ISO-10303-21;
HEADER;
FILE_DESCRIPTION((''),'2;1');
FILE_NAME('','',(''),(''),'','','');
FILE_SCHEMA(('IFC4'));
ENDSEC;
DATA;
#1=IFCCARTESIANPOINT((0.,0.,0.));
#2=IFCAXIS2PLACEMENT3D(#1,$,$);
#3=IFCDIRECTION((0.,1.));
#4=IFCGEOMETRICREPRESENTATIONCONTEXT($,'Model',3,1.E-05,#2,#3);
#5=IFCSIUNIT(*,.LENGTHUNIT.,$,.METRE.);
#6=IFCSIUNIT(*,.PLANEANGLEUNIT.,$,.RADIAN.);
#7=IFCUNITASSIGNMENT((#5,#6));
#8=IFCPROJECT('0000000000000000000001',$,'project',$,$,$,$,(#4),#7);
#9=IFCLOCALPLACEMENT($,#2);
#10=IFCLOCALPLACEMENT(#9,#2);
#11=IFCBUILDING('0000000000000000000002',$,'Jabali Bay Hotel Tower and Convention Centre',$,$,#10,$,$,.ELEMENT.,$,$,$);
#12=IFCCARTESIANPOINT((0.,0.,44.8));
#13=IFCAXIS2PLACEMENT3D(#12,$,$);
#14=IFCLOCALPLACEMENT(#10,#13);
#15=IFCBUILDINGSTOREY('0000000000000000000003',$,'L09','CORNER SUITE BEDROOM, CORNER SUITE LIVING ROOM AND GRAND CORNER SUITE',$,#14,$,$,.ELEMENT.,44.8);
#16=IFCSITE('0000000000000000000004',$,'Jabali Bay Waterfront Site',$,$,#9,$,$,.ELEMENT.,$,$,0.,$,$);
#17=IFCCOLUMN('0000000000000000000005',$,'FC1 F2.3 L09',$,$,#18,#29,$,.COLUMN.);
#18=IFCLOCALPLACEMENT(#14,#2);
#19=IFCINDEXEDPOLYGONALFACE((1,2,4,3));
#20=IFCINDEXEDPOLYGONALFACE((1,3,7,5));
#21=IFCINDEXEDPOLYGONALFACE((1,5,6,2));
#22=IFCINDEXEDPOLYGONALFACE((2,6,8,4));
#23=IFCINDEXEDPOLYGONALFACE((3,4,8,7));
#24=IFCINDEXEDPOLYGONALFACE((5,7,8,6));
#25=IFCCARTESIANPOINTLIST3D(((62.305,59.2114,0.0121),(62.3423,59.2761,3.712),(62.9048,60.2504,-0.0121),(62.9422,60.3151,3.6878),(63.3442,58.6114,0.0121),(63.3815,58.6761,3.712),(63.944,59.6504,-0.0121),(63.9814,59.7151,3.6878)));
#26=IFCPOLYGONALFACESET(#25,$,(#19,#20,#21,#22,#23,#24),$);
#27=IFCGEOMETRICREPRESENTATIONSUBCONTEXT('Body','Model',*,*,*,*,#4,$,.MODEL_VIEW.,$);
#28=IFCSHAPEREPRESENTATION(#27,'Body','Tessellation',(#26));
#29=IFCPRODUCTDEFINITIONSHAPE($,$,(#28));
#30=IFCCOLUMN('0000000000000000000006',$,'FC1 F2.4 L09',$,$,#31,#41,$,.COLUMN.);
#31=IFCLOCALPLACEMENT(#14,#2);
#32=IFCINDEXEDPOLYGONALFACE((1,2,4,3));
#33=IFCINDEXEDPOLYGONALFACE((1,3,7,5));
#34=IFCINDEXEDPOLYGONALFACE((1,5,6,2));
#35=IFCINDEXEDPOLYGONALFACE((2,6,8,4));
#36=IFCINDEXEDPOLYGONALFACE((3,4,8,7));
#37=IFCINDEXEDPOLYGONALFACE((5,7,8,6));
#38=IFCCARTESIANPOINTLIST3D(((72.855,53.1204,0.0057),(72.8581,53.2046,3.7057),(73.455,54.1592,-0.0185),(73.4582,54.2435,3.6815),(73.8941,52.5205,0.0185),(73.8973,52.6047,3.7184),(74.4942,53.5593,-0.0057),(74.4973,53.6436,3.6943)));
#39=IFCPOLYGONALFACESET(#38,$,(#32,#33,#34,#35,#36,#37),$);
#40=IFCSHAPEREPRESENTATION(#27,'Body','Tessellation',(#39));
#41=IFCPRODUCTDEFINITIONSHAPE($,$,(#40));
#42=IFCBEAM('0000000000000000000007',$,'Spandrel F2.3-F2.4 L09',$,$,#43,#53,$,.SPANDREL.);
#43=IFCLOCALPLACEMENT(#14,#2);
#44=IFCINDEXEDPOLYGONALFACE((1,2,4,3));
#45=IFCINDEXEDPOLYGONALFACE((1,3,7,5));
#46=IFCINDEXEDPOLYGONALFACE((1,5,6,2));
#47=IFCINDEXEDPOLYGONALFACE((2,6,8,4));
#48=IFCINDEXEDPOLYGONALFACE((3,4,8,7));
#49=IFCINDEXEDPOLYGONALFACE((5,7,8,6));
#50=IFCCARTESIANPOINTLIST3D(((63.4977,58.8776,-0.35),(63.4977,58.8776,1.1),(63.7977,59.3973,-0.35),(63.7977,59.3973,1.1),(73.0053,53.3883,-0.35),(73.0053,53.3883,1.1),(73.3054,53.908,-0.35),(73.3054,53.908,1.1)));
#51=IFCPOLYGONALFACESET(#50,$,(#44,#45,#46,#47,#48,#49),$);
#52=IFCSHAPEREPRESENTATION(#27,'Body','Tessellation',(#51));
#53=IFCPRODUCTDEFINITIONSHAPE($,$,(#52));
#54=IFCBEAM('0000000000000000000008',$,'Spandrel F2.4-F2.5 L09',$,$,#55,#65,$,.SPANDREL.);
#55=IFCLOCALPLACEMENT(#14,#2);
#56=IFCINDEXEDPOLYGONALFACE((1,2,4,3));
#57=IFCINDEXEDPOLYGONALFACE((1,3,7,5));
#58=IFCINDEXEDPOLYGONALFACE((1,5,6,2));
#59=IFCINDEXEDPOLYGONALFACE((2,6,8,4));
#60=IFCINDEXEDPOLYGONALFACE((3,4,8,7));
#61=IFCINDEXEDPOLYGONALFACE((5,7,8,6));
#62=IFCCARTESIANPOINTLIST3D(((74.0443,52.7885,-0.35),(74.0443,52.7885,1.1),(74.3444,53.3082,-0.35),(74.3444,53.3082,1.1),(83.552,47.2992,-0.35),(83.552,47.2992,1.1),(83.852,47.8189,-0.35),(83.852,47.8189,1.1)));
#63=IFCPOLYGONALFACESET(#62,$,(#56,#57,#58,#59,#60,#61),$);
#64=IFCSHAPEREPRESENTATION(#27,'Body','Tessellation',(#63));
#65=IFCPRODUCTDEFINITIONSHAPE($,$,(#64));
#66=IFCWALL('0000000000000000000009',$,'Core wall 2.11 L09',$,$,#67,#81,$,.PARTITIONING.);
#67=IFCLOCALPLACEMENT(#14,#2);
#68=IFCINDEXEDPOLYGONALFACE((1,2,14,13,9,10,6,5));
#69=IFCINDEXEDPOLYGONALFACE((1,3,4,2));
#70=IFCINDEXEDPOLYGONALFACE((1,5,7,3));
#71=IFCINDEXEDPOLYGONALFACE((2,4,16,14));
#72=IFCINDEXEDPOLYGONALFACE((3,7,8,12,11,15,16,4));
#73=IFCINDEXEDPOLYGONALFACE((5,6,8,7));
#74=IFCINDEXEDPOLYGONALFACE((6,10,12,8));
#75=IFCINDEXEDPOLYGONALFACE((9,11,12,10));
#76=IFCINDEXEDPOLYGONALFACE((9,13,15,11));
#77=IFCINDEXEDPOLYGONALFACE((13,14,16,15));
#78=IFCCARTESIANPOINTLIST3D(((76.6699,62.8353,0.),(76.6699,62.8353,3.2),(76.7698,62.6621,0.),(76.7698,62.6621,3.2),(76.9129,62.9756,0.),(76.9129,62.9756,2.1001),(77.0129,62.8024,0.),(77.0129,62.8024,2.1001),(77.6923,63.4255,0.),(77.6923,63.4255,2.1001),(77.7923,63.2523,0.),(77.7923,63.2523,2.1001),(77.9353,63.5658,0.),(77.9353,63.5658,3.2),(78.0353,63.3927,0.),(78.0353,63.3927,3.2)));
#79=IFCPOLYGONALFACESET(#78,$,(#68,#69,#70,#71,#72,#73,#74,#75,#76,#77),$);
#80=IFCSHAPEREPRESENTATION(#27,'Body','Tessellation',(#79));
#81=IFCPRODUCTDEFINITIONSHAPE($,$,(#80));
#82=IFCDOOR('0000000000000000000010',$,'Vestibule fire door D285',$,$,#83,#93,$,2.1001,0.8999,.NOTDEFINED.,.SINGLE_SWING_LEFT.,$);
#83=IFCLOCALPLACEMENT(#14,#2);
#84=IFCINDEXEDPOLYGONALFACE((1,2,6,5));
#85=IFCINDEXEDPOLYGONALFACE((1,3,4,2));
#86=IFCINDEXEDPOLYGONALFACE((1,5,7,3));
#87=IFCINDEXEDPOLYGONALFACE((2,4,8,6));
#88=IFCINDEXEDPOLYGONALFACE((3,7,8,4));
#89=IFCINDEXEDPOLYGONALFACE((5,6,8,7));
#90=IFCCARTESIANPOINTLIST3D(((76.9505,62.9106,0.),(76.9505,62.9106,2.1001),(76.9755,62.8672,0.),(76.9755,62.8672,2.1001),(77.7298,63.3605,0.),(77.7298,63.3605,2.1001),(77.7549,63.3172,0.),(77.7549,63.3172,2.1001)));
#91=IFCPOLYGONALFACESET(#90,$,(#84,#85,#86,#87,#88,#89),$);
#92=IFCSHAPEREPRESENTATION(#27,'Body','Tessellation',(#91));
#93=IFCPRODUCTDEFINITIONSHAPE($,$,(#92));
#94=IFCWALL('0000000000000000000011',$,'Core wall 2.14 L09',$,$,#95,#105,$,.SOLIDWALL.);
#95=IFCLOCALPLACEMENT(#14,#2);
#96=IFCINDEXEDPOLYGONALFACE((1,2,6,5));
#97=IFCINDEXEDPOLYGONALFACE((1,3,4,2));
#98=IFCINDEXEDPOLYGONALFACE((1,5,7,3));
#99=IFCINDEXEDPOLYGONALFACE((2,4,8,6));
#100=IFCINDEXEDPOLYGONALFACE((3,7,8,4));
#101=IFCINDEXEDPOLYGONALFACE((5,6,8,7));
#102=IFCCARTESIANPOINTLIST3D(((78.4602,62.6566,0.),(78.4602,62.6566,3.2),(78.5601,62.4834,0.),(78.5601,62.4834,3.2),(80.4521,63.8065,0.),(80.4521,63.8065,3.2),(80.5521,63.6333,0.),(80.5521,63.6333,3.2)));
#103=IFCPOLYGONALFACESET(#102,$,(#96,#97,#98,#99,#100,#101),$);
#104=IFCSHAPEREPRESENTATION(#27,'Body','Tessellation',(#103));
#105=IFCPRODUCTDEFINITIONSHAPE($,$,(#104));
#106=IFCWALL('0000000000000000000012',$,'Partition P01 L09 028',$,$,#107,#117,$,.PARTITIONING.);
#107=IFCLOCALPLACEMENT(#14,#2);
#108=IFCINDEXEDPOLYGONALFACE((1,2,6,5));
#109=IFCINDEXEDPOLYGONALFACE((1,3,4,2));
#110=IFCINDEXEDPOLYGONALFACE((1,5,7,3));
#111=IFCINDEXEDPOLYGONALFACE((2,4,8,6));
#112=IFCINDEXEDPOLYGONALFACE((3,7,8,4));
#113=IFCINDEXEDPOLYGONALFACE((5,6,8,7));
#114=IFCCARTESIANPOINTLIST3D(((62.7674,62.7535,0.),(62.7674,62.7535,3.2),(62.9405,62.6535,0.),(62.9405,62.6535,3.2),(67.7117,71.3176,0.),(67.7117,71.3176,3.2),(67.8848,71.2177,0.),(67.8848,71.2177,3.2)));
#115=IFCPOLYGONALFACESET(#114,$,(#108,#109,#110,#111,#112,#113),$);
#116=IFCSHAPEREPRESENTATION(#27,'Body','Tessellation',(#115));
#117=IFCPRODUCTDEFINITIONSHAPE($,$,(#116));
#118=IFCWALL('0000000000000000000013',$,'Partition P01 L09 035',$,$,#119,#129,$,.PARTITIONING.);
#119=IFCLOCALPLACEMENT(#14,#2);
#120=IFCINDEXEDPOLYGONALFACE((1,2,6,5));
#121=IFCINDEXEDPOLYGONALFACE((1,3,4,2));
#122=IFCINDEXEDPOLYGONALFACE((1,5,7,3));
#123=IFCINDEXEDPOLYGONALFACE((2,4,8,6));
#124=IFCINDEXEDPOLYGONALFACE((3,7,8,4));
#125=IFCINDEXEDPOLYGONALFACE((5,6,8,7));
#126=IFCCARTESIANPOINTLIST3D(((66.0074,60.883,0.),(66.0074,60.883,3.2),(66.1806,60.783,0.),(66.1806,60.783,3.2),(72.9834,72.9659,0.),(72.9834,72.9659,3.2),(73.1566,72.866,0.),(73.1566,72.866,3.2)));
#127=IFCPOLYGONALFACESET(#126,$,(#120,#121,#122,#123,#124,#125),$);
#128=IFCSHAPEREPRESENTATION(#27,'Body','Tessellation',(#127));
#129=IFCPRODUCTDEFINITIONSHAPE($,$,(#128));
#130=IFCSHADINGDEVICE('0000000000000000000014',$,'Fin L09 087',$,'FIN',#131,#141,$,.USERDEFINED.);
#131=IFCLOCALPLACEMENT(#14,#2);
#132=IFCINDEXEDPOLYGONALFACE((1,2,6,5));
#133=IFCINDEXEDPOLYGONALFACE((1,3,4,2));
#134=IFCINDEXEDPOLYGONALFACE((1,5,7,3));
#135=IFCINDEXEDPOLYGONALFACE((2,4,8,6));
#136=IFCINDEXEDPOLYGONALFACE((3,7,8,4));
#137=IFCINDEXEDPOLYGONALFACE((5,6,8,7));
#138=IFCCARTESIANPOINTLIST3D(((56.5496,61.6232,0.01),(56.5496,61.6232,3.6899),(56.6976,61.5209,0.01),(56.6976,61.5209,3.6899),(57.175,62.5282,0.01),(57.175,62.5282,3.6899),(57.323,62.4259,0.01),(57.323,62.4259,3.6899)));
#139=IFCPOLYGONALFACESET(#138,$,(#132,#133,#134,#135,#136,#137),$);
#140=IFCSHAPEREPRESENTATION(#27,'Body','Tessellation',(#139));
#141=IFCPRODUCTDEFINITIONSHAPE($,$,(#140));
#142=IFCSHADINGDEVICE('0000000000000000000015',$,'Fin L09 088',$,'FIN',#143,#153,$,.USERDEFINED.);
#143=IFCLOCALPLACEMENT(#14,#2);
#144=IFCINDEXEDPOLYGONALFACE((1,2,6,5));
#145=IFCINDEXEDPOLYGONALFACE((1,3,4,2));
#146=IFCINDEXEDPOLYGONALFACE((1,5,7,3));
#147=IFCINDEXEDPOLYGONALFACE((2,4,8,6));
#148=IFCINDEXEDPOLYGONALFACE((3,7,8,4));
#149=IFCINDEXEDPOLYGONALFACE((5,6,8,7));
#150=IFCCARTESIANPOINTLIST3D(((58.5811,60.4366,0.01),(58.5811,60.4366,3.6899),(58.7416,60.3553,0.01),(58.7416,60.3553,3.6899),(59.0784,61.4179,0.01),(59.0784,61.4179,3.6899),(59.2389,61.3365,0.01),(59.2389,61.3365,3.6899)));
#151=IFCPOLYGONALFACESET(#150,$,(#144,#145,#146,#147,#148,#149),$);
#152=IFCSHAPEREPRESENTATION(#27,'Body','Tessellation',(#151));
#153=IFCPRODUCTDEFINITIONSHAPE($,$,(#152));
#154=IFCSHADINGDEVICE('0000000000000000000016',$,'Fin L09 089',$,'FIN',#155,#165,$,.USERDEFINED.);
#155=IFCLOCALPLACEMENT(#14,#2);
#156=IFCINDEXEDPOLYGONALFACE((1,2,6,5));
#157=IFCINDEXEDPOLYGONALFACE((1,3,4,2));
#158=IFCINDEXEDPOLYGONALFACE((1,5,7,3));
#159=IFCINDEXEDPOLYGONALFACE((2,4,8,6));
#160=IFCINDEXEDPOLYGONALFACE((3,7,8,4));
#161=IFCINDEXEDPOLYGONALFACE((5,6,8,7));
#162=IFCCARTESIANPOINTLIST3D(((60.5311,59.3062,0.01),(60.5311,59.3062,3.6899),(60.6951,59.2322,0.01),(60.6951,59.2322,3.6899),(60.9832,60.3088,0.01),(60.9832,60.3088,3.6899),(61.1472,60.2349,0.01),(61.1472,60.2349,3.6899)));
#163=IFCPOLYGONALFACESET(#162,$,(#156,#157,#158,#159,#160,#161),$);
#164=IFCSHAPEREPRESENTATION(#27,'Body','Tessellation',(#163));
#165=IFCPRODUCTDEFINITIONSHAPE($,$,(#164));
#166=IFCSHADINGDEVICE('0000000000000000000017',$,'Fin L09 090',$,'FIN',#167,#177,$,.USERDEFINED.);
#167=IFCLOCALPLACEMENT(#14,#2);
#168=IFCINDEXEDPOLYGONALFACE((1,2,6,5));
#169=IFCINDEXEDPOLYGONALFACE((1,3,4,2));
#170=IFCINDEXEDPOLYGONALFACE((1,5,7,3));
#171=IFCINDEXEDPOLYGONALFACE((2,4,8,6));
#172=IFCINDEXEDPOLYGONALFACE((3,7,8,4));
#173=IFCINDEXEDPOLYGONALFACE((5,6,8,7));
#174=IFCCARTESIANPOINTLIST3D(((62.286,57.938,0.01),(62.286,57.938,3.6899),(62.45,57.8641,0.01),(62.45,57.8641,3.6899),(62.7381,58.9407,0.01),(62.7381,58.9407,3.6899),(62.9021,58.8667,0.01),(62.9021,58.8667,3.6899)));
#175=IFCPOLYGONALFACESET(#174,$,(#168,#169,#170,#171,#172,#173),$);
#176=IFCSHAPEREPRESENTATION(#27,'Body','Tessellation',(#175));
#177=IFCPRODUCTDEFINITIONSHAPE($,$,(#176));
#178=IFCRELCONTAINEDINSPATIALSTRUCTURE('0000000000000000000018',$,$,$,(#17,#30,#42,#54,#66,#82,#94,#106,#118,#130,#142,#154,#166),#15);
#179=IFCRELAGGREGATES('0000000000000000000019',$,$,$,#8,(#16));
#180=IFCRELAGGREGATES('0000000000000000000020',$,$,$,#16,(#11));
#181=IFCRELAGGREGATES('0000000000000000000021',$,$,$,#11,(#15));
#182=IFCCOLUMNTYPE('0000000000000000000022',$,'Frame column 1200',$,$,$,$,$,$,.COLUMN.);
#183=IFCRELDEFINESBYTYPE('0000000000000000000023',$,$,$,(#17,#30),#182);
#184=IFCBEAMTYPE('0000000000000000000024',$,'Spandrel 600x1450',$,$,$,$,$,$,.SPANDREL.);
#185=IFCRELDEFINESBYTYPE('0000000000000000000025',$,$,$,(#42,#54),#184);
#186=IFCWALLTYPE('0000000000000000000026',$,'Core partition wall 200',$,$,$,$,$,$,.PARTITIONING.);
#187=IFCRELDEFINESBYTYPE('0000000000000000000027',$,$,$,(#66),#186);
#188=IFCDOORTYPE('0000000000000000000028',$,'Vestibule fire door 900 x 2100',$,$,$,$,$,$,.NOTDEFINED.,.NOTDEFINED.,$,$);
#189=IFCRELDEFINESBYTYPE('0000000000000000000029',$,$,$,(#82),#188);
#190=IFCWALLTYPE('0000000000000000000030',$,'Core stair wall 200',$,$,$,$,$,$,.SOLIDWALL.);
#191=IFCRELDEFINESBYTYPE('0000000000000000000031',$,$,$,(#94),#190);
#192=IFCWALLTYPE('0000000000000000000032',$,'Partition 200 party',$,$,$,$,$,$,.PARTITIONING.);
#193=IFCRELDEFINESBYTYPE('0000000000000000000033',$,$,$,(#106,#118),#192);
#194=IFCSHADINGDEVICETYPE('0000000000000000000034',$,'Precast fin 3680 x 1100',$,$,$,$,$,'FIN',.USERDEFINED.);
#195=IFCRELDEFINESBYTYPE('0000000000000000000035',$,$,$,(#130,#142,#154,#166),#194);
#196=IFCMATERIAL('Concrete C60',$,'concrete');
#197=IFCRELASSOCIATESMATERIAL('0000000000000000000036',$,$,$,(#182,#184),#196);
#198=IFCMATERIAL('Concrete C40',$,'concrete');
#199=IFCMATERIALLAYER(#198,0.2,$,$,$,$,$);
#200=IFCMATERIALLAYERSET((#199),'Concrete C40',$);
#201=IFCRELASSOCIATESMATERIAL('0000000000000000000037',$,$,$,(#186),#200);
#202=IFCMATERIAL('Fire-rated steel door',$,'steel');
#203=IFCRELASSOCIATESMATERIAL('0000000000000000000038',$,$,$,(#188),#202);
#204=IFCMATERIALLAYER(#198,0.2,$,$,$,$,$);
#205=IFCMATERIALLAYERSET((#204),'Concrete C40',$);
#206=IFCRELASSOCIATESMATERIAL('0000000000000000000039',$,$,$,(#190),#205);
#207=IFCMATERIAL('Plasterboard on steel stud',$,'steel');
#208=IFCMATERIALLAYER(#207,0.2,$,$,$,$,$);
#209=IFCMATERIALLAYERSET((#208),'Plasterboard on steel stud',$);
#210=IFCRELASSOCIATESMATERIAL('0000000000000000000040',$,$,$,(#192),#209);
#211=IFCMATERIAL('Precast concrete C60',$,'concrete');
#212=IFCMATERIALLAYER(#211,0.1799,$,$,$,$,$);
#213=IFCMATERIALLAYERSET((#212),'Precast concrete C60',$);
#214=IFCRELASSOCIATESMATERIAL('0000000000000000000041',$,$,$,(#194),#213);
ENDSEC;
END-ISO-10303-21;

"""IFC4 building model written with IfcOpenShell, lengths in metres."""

from ifc_helpers import new_model, si_unit, direction, frame, frame_2d, origin, origin_2d, place, context, subcontext, project, spatial, rectangle, extrude, material, layer, layer_set, material_profile, profile_set, type_object, element, fill, save


model = new_model("IFC4")

# Units and contexts
model_context = context("Model", 3, precision=1e-05, world=origin(), true_north=direction((0.0, 1.0)))
body_context = subcontext(model_context, "Body", "Model", "MODEL_VIEW")
ifc_project = project(units=[si_unit("LENGTHUNIT", "METRE"), si_unit("PLANEANGLEUNIT", "RADIAN")], contexts=[model_context])

# Site, building, storey
site_placement = place(None, origin())
site = spatial("IfcSite", under=ifc_project, at=site_placement, Name="Jabali Bay Waterfront Site", CompositionType="ELEMENT", RefElevation=0.0)
building_placement = place(site_placement, origin())
building = spatial("IfcBuilding", under=site, at=building_placement, Name="Jabali Bay Hotel Tower and Convention Centre", CompositionType="ELEMENT")
storey_placement = place(building_placement, frame((0.0, 0.0, 44.8)))
storey = spatial("IfcBuildingStorey", under=building, at=storey_placement, Name="L09", Description="CORNER SUITE BEDROOM, CORNER SUITE LIVING ROOM AND GRAND CORNER SUITE", CompositionType="ELEMENT", Elevation=44.8)

# Columns
ifc_material_1 = material(Name="Concrete C60", Category="concrete")
ifc_material_profile_1 = material_profile(ifc_material_1, rectangle(XDim=1.2, YDim=1.2, at=origin_2d()), Name="Frame column 1200")
ifc_profile_set_1 = profile_set([ifc_material_profile_1], Name="Concrete C60")
column_type = type_object("IfcColumnType", Name="Frame column 1200", PredefinedType="COLUMN", material=ifc_profile_set_1)
column_1_placement = place(storey_placement, frame((63.1245, 59.4309, 0.0), z_axis=(0.010094, 0.017482, 0.999796), x_axis=(-0.866023, 0.500005, 0.0)))
element("IfcColumn", 1, at=column_1_placement, inside=storey, type_object=column_type, Name="FC1 F2.3 L09", PredefinedType="COLUMN", context=body_context, shape_type="SweptSolid", body=[
    extrude(rectangle(XDim=1.2, YDim=1.2, at=origin_2d()), origin(), (0.0, 0.0, 1.0), 3.7007),
])
column_2_placement = place(storey_placement, frame((73.6746, 53.3398, 0.0), z_axis=(0.000858, 0.022759, 0.999741), x_axis=(-0.500043, -0.865766, 0.020138)))
element("IfcColumn", 2, at=column_2_placement, inside=storey, type_object=column_type, Name="FC1 F2.4 L09", PredefinedType="COLUMN", context=body_context, shape_type="SweptSolid", body=[
    extrude(rectangle(XDim=1.2, YDim=1.2, at=origin_2d()), origin(), (0.0, 0.0, 1.0), 3.7009),
])

# Beams
ifc_material_profile_2 = material_profile(ifc_material_1, rectangle(XDim=0.6001, YDim=1.45, at=origin_2d()), Name="Spandrel 600x1450")
ifc_profile_set_2 = profile_set([ifc_material_profile_2], Name="Concrete C60")
beam_type = type_object("IfcBeamType", Name="Spandrel 600x1450", PredefinedType="SPANDREL", material=ifc_profile_set_2)
for number, where, z_axis, x_axis, name in (
    (3, (63.6477, 59.1375, 0.375), (0.866023, -0.500004, 0.0), (0.500004, 0.866023, 0.0), "Spandrel F2.3-F2.4 L09"),
    (4, (74.1943, 53.0483, 0.375), (0.866023, -0.500004, 0.0), (0.500004, 0.866023, 0.0), "Spandrel F2.4-F2.5 L09"),
):
    element("IfcBeam", number, at=place(storey_placement, frame(where, z_axis=z_axis, x_axis=x_axis)), inside=storey, type_object=beam_type, Name=name, PredefinedType="SPANDREL", context=body_context, shape_type="SweptSolid", body=[
        extrude(rectangle(XDim=0.6001, YDim=1.45, at=origin_2d()), origin(), (0.0, 0.0, 1.0), 10.9785),
    ])

# Wall, opening, door
ifc_material_2 = material(Name="Concrete C40", Category="concrete")
ifc_layer_1 = layer(ifc_material_2, 0.2)
ifc_layer_set_1 = layer_set([ifc_layer_1], Name="Concrete C40")
wall_type_1 = type_object("IfcWallType", Name="Core partition wall 200", PredefinedType="PARTITIONING", material=ifc_layer_set_1)
wall_1_placement = place(storey_placement, frame((76.72, 62.7488, 0.0), z_axis=(0.0, 0.0, 1.0), x_axis=(0.866055, 0.499949, 0.0)))
wall_1 = element("IfcWall", 5, at=wall_1_placement, inside=storey, type_object=wall_type_1, Name="Core wall 2.11 L09", PredefinedType="PARTITIONING", context=body_context, shape_type="SweptSolid", body=[
    extrude(rectangle(XDim=1.4612, YDim=0.2, at=frame_2d((0.7305, 0.0))), origin(), (0.0, 0.0, 1.0), 3.2),
])
opening_placement = place(wall_1_placement, frame((0.2805, 0.0, 0.0)))
opening = element("IfcOpeningElement", 6, at=opening_placement, cuts=wall_1, PredefinedType="OPENING", context=body_context, shape_type="SweptSolid", body=[
    extrude(rectangle(XDim=0.8999, YDim=2.1001, at=frame_2d((0.45, 1.05))), frame((0.0, 0.1104, 0.0), z_axis=(0.0, -1.0, 0.0), x_axis=(1.0, 0.0, 0.0)), (0.0, 0.0, 1.0), 0.2209),
])
ifc_material_3 = material(Name="Fire-rated steel door", Category="steel")
door_type = type_object("IfcDoorType", Name="Vestibule fire door 900 x 2100", OperationType="NOTDEFINED", PredefinedType="NOTDEFINED", material=ifc_material_3)
door_placement = place(opening_placement, origin())
door = element("IfcDoor", 7, at=door_placement, inside=storey, type_object=door_type, Name="Vestibule fire door D285", OperationType="SINGLE_SWING_LEFT", OverallHeight=2.1001, OverallWidth=0.8999, PredefinedType="NOTDEFINED", context=body_context, shape_type="SweptSolid", body=[
    extrude(rectangle(XDim=0.8999, YDim=2.1001, at=frame_2d((0.45, 1.05))), frame((0.0, 0.0249, 0.0), z_axis=(0.0, -1.0, 0.0), x_axis=(1.0, 0.0, 0.0)), (0.0, 0.0, 1.0), 0.05),
])
fill(opening, door)

# Walls
ifc_layer_2 = layer(ifc_material_2, 0.2)
ifc_layer_set_2 = layer_set([ifc_layer_2], Name="Concrete C40")
wall_type_2 = type_object("IfcWallType", Name="Core stair wall 200", PredefinedType="SOLIDWALL", material=ifc_layer_set_2)
wall_2_placement = place(storey_placement, frame((78.5103, 62.5701, 0.0), z_axis=(0.0, 0.0, 1.0), x_axis=(0.866053, 0.499952, 0.0)))
element("IfcWall", 8, at=wall_2_placement, inside=storey, type_object=wall_type_2, Name="Core wall 2.14 L09", PredefinedType="SOLIDWALL", context=body_context, shape_type="SweptSolid", body=[
    extrude(rectangle(XDim=2.3, YDim=0.2, at=frame_2d((1.1499, 0.0))), origin(), (0.0, 0.0, 1.0), 3.2),
])
ifc_material_4 = material(Name="Plasterboard on steel stud", Category="steel")
ifc_layer_3 = layer(ifc_material_4, 0.2)
ifc_layer_set_3 = layer_set([ifc_layer_3], Name="Plasterboard on steel stud")
wall_type_3 = type_object("IfcWallType", Name="Partition 200 party", PredefinedType="PARTITIONING", material=ifc_layer_set_3)
wall_3_placement = place(storey_placement, frame((62.854, 62.7036, 0.0), z_axis=(0.0, 0.0, 1.0), x_axis=(0.499984, 0.866035, 0.0)))
element("IfcWall", 9, at=wall_3_placement, inside=storey, type_object=wall_type_3, Name="Partition P01 L09 028", PredefinedType="PARTITIONING", context=body_context, shape_type="SweptSolid", body=[
    extrude(rectangle(XDim=9.8889, YDim=0.2, at=frame_2d((4.9443, 0.0))), origin(), (0.0, 0.0, 1.0), 3.2),
])
wall_4_placement = place(storey_placement, frame((66.094, 60.833, 0.0), z_axis=(0.0, 0.0, 1.0), x_axis=(0.499997, 0.866027, 0.0)))
element("IfcWall", 10, at=wall_4_placement, inside=storey, type_object=wall_type_3, Name="Partition P01 L09 035", PredefinedType="PARTITIONING", context=body_context, shape_type="SweptSolid", body=[
    extrude(rectangle(XDim=13.9521, YDim=0.2, at=frame_2d((6.9761, 0.0))), origin(), (0.0, 0.0, 1.0), 3.2),
])

# Shading devices
ifc_material_5 = material(Name="Precast concrete C60", Category="concrete")
ifc_layer_4 = layer(ifc_material_5, 0.1799)
ifc_layer_set_4 = layer_set([ifc_layer_4], Name="Precast concrete C60")
shading_device_type = type_object("IfcShadingDeviceType", Name="Precast fin 3680 x 1100", ElementType="FIN", PredefinedType="USERDEFINED", material=ifc_layer_set_4)
for number, where, z_axis, x_axis, name in (
    (11, (57.249, 62.4771, 0.01), (0.0, 0.0, 1.0), (-0.568552, -0.822647, 0.0), "Fin L09 087"),
    (12, (59.1587, 61.3772, 0.01), (0.0, 0.0, 1.0), (-0.45209, -0.891973, 0.0), "Fin L09 088"),
):
    element("IfcShadingDevice", number, at=place(storey_placement, frame(where, z_axis=z_axis, x_axis=x_axis)), inside=storey, type_object=shading_device_type, Name=name, ObjectType="FIN", PredefinedType="USERDEFINED", context=body_context, shape_type="SweptSolid", body=[
        extrude(rectangle(XDim=1.1001, YDim=0.1799, at=frame_2d((0.55, 0.0))), origin(), (0.0, 0.0, 1.0), 3.6799),
    ])
for number, where, z_axis, x_axis, name in (
    (13, (61.0652, 60.2717, 0.01), (0.0, 0.0, 1.0), (-0.411075, -0.911601, 0.0), "Fin L09 089"),
    (14, (62.8201, 58.9036, 0.01), (0.0, 0.0, 1.0), (-0.411075, -0.911601, 0.0), "Fin L09 090"),
):
    element("IfcShadingDevice", number, at=place(storey_placement, frame(where, z_axis=z_axis, x_axis=x_axis)), inside=storey, type_object=shading_device_type, Name=name, ObjectType="FIN", PredefinedType="USERDEFINED", context=body_context, shape_type="SweptSolid", body=[
        extrude(rectangle(XDim=1.0999, YDim=0.1799, at=frame_2d((0.5498, 0.0))), origin(), (0.0, 0.0, 1.0), 3.6799),
    ])

save(model, "model.ifc")
